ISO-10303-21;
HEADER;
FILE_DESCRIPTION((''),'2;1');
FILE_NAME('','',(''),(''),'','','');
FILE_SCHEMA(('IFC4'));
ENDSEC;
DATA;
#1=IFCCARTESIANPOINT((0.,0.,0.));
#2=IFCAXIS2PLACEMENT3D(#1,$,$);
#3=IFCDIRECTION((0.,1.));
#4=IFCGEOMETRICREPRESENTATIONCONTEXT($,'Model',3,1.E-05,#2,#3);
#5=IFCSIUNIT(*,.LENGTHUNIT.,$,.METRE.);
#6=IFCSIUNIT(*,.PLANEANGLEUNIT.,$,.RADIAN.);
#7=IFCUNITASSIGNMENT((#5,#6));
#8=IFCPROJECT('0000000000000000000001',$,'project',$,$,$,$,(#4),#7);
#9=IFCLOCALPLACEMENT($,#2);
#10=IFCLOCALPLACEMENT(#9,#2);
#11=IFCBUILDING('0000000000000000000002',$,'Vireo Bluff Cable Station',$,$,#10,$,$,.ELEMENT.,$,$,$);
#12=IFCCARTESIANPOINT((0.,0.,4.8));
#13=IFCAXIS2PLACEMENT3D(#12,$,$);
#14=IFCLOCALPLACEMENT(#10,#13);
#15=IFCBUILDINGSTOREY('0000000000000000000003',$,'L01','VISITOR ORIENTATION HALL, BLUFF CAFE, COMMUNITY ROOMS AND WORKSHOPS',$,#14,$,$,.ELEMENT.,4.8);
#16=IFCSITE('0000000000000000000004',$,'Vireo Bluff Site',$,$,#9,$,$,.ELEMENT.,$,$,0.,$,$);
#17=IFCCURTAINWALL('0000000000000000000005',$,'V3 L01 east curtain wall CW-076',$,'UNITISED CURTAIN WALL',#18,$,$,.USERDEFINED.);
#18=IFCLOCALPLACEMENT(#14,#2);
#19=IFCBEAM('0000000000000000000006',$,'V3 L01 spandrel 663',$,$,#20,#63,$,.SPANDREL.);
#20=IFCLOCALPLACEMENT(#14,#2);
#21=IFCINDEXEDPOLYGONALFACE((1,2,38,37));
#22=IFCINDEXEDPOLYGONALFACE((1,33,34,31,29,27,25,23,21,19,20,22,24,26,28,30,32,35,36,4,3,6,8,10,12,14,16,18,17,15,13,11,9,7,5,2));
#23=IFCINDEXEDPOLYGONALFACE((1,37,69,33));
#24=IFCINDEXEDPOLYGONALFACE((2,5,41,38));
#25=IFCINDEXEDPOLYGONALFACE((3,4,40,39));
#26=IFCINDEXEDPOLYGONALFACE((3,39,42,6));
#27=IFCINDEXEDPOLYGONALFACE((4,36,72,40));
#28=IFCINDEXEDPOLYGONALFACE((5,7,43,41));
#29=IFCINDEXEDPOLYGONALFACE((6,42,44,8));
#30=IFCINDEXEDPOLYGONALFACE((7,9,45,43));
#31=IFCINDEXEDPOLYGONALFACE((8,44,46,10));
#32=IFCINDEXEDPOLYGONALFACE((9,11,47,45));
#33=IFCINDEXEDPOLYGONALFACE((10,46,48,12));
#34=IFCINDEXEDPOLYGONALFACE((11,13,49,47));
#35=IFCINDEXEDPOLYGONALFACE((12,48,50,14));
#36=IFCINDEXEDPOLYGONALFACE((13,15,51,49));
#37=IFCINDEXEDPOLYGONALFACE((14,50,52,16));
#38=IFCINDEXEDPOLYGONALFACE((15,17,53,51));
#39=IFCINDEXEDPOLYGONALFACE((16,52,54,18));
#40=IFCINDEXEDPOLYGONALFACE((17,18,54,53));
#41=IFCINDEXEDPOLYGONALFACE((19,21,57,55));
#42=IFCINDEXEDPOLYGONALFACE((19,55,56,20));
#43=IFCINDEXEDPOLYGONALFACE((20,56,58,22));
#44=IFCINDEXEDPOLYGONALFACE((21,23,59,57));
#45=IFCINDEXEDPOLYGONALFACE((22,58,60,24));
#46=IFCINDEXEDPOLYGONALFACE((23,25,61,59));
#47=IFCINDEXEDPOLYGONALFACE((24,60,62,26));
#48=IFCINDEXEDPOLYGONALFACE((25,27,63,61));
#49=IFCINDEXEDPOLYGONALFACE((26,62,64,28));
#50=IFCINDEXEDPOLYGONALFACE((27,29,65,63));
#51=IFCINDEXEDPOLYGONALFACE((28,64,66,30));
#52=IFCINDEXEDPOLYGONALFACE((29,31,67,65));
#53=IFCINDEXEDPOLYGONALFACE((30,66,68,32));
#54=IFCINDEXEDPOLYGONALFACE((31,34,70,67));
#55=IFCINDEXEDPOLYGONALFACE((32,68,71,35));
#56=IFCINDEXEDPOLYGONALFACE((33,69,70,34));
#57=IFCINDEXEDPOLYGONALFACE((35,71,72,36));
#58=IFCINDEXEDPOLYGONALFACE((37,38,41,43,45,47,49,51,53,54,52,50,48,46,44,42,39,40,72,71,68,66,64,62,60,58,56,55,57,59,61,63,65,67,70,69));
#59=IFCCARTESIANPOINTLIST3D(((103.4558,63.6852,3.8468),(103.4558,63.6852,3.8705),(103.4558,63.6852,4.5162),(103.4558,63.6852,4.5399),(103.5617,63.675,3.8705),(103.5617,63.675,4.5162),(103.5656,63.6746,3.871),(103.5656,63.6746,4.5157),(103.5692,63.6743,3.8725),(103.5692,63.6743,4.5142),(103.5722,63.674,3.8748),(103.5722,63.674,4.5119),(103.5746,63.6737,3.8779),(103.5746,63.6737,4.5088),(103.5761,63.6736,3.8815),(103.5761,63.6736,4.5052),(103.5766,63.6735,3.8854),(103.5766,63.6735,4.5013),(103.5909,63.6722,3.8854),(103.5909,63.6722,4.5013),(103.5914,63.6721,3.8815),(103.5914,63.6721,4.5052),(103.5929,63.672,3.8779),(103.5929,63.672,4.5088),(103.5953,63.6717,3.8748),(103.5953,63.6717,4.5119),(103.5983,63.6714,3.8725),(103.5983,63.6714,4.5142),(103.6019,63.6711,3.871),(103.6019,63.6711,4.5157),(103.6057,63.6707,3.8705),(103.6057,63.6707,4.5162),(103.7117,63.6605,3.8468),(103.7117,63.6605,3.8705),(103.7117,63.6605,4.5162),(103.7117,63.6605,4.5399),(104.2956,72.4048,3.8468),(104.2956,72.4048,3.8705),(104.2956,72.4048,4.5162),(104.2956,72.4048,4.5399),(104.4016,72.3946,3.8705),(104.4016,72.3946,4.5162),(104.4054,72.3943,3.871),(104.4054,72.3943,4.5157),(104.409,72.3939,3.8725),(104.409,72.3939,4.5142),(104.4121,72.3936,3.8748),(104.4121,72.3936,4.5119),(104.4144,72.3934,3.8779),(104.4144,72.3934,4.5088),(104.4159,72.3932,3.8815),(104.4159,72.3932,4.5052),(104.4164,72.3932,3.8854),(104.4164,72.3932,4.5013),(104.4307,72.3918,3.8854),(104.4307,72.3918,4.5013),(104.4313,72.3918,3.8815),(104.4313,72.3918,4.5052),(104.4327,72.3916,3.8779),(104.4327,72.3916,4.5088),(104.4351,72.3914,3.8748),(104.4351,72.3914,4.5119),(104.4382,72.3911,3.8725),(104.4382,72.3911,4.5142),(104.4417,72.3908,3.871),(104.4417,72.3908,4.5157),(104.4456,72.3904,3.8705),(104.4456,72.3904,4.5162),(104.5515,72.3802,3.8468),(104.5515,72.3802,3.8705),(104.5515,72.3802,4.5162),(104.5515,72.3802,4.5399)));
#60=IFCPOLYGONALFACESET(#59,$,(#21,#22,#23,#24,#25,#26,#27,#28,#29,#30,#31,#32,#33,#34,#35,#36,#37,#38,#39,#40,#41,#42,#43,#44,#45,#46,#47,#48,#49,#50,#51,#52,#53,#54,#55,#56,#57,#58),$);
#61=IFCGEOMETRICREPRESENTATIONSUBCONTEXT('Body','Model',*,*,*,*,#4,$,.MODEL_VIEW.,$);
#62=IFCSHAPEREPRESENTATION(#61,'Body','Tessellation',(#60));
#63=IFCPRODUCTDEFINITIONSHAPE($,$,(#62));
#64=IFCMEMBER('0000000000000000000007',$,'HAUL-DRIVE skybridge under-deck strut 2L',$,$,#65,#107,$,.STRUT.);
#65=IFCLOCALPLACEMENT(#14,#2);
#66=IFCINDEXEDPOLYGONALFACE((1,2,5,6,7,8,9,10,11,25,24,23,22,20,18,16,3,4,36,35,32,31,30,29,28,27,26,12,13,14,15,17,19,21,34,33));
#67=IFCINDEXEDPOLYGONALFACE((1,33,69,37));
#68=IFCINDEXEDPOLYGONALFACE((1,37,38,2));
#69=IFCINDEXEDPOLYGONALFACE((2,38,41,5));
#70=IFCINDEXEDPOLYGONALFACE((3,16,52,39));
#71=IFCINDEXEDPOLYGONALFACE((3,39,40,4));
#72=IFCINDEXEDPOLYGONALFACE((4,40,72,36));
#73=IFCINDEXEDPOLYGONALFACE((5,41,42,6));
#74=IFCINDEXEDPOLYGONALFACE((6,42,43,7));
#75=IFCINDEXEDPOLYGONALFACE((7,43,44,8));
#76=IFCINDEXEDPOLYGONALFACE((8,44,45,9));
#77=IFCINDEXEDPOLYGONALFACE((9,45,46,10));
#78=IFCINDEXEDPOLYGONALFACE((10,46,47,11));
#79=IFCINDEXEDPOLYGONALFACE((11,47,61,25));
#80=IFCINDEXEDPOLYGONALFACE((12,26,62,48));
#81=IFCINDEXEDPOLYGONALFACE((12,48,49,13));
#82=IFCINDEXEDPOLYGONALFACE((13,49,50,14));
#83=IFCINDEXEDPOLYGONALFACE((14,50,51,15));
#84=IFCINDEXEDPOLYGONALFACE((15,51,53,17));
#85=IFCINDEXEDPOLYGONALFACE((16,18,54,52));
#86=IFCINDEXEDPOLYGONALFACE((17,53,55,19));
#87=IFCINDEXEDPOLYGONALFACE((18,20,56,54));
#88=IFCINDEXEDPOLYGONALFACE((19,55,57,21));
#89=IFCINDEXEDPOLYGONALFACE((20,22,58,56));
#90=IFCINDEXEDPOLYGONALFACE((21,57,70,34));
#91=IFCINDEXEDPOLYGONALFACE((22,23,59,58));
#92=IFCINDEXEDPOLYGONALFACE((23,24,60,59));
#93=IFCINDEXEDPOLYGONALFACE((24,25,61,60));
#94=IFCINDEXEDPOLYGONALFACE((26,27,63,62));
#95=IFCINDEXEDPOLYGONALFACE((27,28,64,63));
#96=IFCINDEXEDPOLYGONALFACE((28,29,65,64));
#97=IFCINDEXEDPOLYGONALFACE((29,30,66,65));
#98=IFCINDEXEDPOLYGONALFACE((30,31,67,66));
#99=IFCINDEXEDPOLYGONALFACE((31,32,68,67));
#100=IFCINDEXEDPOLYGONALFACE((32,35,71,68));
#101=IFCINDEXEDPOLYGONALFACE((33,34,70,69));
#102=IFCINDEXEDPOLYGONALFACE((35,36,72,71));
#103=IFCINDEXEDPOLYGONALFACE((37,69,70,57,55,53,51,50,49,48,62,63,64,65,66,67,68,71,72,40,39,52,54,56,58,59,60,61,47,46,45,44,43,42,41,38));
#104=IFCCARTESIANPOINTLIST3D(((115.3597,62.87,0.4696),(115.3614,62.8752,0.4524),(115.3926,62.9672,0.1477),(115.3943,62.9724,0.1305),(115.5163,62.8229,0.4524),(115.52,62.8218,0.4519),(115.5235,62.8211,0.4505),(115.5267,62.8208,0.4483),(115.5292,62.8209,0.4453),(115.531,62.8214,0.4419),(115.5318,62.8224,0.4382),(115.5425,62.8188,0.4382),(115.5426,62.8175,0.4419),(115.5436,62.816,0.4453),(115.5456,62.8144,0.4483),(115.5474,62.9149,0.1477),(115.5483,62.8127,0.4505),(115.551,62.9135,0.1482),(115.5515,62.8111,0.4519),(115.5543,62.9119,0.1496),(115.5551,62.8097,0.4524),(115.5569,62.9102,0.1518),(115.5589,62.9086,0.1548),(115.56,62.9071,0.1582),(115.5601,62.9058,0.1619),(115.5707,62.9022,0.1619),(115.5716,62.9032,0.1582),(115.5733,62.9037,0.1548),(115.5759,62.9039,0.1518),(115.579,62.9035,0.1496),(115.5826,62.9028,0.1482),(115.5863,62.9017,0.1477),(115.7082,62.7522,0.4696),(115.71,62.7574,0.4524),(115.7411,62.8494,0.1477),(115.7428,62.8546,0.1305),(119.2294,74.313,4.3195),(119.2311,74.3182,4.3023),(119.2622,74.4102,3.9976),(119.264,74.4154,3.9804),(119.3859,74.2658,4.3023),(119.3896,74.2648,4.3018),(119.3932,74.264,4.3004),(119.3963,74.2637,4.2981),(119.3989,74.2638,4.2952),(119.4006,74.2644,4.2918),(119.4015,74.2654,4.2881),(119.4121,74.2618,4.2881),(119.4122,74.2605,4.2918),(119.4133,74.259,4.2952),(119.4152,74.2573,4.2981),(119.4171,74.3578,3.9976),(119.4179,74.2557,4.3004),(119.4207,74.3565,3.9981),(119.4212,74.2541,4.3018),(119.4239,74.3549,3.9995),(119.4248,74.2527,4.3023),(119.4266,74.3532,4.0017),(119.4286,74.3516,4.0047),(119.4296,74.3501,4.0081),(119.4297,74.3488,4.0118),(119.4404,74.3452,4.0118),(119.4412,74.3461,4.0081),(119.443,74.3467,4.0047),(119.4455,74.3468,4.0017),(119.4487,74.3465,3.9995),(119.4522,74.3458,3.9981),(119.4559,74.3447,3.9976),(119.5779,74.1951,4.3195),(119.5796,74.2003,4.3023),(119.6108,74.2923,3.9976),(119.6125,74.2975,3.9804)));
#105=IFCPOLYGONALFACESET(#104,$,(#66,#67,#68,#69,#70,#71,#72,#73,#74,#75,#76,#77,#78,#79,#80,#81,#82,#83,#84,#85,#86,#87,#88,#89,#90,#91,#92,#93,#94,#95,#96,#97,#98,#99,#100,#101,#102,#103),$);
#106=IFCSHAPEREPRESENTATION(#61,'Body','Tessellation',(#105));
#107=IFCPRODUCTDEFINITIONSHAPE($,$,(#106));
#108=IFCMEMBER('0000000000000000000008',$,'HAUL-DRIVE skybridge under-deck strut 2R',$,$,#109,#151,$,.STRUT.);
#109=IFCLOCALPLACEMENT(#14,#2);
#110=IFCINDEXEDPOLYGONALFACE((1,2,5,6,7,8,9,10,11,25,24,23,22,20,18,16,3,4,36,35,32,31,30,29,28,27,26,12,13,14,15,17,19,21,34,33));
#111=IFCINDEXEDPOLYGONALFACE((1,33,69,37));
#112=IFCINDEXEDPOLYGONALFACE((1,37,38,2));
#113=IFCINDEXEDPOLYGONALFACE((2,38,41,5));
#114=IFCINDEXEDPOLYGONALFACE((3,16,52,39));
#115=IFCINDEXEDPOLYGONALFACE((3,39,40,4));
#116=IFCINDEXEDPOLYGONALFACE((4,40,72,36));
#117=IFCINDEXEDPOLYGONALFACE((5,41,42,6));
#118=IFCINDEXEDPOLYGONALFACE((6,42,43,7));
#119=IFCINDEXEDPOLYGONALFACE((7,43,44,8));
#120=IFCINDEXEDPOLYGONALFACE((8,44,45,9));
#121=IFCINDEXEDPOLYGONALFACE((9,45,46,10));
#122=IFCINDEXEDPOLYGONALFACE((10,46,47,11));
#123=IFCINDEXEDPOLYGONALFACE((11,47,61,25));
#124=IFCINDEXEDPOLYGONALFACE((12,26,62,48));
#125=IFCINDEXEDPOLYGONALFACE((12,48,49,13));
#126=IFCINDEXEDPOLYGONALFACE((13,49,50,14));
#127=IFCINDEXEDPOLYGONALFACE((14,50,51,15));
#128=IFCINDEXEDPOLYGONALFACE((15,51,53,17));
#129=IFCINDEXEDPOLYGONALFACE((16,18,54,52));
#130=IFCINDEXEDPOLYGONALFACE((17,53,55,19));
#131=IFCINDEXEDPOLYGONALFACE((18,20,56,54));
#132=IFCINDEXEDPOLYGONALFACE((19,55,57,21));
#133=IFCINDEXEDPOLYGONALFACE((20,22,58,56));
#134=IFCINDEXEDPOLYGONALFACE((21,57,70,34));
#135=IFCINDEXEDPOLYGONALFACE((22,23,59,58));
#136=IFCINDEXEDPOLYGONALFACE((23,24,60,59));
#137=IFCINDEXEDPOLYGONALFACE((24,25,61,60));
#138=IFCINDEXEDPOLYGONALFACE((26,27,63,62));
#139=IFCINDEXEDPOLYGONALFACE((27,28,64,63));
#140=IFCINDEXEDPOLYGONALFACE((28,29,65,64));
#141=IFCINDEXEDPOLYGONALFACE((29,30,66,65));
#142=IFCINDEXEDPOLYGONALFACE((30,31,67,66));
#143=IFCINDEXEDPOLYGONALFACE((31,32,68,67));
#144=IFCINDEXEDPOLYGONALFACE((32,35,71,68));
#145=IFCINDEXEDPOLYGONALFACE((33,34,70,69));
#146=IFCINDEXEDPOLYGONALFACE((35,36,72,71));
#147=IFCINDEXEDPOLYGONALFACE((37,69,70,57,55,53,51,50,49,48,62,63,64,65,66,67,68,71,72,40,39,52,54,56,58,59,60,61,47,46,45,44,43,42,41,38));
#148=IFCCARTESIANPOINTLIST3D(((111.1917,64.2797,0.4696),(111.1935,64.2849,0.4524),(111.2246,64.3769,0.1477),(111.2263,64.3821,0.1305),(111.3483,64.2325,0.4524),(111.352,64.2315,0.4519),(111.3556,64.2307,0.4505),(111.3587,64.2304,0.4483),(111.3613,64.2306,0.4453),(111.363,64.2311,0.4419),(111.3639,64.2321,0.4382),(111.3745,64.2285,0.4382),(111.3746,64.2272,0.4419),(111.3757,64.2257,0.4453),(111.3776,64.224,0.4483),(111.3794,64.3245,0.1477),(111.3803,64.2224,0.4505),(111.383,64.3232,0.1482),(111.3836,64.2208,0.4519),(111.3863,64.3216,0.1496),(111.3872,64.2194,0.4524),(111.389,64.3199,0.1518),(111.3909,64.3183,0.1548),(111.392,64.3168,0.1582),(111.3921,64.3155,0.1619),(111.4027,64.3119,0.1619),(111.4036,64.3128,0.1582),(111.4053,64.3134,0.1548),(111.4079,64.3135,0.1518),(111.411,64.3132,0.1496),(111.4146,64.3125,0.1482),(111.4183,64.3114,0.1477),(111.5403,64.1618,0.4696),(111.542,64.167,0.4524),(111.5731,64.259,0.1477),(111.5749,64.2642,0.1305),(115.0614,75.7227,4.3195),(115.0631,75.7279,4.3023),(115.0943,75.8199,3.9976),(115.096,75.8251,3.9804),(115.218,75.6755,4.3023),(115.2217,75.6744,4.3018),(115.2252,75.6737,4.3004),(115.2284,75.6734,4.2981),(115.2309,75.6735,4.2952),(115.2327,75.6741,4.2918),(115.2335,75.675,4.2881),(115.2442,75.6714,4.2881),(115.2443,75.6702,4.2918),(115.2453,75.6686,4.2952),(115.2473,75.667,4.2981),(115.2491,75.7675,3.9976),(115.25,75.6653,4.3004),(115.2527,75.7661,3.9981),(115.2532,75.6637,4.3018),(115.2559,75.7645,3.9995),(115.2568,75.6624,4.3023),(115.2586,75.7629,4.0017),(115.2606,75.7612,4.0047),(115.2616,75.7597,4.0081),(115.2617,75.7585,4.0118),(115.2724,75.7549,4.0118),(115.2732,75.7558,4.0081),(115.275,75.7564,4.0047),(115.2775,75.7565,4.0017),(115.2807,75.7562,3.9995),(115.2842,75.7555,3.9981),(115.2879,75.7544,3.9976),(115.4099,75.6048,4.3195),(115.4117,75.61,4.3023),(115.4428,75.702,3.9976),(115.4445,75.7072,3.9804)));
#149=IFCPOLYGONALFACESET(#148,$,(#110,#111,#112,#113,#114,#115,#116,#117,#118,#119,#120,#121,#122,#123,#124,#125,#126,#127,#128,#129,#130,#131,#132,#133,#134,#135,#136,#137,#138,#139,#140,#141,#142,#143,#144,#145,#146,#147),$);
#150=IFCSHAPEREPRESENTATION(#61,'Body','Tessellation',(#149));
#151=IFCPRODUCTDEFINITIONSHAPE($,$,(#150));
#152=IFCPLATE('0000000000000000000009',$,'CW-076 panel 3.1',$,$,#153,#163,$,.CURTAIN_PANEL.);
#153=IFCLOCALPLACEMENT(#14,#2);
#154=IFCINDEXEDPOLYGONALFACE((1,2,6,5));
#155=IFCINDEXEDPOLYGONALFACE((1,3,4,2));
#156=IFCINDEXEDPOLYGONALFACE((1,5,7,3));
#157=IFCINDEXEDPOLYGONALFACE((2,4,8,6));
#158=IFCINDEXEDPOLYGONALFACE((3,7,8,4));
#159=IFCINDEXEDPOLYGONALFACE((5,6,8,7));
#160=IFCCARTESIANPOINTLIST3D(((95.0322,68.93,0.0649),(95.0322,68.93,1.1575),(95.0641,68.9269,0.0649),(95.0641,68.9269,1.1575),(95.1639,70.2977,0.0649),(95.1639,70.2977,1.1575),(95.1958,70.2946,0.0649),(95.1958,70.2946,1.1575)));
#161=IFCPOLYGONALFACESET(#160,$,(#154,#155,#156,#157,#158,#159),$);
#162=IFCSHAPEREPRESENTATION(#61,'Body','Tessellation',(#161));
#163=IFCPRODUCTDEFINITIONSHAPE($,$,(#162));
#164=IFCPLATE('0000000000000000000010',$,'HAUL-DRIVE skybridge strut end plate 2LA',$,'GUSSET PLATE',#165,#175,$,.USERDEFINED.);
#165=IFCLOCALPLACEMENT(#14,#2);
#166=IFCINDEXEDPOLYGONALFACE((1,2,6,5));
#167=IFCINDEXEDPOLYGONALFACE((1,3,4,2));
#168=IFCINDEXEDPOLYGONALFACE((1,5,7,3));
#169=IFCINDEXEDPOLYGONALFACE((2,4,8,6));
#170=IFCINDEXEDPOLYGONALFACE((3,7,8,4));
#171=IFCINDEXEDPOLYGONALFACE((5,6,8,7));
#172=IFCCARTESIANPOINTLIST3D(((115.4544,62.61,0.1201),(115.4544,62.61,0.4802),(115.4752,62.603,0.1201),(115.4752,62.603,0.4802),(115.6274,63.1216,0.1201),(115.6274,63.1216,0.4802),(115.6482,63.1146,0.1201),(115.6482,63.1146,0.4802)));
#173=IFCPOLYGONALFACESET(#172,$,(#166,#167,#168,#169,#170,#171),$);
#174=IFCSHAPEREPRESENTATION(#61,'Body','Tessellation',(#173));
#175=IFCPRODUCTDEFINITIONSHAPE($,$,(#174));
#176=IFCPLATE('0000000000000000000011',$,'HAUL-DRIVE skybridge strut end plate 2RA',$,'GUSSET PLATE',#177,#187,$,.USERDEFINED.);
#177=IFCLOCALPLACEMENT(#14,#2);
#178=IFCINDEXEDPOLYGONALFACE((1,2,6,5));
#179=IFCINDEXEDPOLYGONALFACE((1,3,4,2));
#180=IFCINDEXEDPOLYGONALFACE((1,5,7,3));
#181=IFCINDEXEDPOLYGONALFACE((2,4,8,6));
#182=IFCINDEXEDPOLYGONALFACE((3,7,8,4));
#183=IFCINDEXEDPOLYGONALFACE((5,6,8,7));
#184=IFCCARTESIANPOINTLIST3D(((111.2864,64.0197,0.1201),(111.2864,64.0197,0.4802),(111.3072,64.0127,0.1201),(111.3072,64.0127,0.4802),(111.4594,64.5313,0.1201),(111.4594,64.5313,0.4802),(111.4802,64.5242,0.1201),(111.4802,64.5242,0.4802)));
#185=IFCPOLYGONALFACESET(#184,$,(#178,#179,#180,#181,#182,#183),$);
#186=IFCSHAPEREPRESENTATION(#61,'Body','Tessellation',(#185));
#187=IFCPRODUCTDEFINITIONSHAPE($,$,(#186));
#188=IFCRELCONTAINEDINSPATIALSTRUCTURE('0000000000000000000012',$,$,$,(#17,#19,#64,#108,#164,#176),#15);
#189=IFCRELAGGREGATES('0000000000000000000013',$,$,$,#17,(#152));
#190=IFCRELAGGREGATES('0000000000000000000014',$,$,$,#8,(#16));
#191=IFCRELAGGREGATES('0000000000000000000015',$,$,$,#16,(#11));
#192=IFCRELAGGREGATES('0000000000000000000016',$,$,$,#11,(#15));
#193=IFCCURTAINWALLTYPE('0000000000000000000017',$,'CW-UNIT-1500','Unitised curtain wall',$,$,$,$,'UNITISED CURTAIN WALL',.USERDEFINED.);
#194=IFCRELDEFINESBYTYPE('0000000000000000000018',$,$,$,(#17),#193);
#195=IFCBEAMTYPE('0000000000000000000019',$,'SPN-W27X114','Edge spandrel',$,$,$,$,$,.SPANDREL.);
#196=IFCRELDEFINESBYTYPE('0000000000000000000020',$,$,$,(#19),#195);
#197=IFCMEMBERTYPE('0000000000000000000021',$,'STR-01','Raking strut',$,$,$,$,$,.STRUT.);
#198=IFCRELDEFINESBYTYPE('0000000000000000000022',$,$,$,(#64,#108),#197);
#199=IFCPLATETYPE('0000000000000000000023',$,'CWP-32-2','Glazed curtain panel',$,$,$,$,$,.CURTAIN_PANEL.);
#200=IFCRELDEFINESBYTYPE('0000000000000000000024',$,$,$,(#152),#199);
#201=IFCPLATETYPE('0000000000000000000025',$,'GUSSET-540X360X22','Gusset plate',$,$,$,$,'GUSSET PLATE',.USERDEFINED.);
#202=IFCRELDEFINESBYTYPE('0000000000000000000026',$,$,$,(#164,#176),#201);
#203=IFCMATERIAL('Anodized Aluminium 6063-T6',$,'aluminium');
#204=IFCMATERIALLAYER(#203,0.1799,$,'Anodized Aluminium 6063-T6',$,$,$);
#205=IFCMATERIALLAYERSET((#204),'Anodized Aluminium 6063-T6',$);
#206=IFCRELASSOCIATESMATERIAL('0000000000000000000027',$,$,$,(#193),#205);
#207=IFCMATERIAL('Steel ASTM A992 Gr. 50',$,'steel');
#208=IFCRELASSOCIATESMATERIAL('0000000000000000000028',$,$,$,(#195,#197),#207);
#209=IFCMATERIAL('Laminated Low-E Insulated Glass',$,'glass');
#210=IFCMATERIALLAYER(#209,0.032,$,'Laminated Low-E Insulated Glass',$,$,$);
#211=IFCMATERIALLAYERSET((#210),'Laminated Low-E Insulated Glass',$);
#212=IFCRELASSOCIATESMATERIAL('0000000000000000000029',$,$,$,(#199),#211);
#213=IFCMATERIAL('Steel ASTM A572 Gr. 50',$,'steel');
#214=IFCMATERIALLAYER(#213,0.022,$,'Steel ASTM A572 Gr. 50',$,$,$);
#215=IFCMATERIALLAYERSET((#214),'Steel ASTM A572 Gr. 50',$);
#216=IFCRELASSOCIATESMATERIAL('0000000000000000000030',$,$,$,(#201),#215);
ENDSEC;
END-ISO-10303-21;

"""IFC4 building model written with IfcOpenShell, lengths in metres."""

from ifc_helpers import new_model, si_unit, direction, frame, origin, origin_2d, place, context, subcontext, project, spatial, rectangle, i_section, extrude, material, layer, layer_set, material_profile, profile_set, type_object, element, aggregate, save


model = new_model("IFC4")

# Units and contexts
model_context = context("Model", 3, precision=1e-05, world=origin(), true_north=direction((0.0, 1.0)))
body_context = subcontext(model_context, "Body", "Model", "MODEL_VIEW")
ifc_project = project(units=[si_unit("LENGTHUNIT", "METRE"), si_unit("PLANEANGLEUNIT", "RADIAN")], contexts=[model_context])

# Site, building, storey
site_placement = place(None, origin())
site = spatial("IfcSite", under=ifc_project, at=site_placement, Name="Vireo Bluff Site", CompositionType="ELEMENT", RefElevation=0.0)
building_placement = place(site_placement, origin())
building = spatial("IfcBuilding", under=site, at=building_placement, Name="Vireo Bluff Cable Station", CompositionType="ELEMENT")
storey_placement = place(building_placement, frame((0.0, 0.0, 4.8)))
storey = spatial("IfcBuildingStorey", under=building, at=storey_placement, Name="L01", Description="VISITOR ORIENTATION HALL, BLUFF CAFE, COMMUNITY ROOMS AND WORKSHOPS", CompositionType="ELEMENT", Elevation=4.8)

# Shared definitions
ifc_material_1 = material(Name="Steel ASTM A992 Gr. 50", Category="steel")

# Curtain wall
ifc_material_2 = material(Name="Anodized Aluminium 6063-T6", Category="aluminium")
ifc_layer_1 = layer(ifc_material_2, 0.1799, Name="Anodized Aluminium 6063-T6")
ifc_layer_set_1 = layer_set([ifc_layer_1], Name="Anodized Aluminium 6063-T6")
curtain_wall_type = type_object("IfcCurtainWallType", Name="CW-UNIT-1500", Description="Unitised curtain wall", ElementType="UNITISED CURTAIN WALL", PredefinedType="USERDEFINED", material=ifc_layer_set_1)
curtain_wall_placement = place(storey_placement, origin())
curtain_wall = element("IfcCurtainWall", 1, at=curtain_wall_placement, inside=storey, type_object=curtain_wall_type, Name="V3 L01 east curtain wall CW-076", ObjectType="UNITISED CURTAIN WALL", PredefinedType="USERDEFINED")

# Beam
ifc_material_profile_1 = material_profile(ifc_material_1, i_section(OverallWidth=0.2571, OverallDepth=0.6931, WebThickness=0.0144, FlangeThickness=0.0237, FilletRadius=0.0149, at=origin_2d()), Name="W27X114")
ifc_profile_set_1 = profile_set([ifc_material_profile_1], Name="Steel ASTM A992 Gr. 50")
beam_type_1 = type_object("IfcBeamType", Name="SPN-W27X114", Description="Edge spandrel", PredefinedType="SPANDREL", material=ifc_profile_set_1)
beam_1_placement = place(storey_placement, frame((103.5837, 63.6729, 4.1934), z_axis=(0.095872, 0.995394, 0.0), x_axis=(-0.995394, 0.095872, 0.0)))
element("IfcBeam", 2, at=beam_1_placement, inside=storey, type_object=beam_type_1, Name="V3 L01 spandrel 663", PredefinedType="SPANDREL", context=body_context, shape_type="SweptSolid", body=[
    extrude(i_section(OverallWidth=0.2571, OverallDepth=0.6931, WebThickness=0.0144, FlangeThickness=0.0237, FilletRadius=0.0149, at=origin_2d()), origin(), (0.0, 0.0, 1.0), 8.76),
])

# Members
ifc_material_profile_2 = material_profile(ifc_material_1, i_section(OverallWidth=0.3679, OverallDepth=0.356, WebThickness=0.0112, FlangeThickness=0.0181, FilletRadius=0.0149, at=origin_2d()), Name="W14X90")
ifc_profile_set_2 = profile_set([ifc_material_profile_2], Name="Steel ASTM A992 Gr. 50")
member_type_1 = type_object("IfcMemberType", Name="STR-01", Description="Raking strut", PredefinedType="STRUT", material=ifc_profile_set_2)
for number, where, z_axis, x_axis, name in (
    (3, (115.5513, 62.8623, 0.3), (0.305221, 0.902569, 0.303661), (-0.9473, 0.320348, 0.0), "HAUL-DRIVE skybridge under-deck strut 2L"),
    (4, (111.3833, 64.272, 0.3), (0.305221, 0.902569, 0.303661), (-0.9473, 0.320348, 0.0), "HAUL-DRIVE skybridge under-deck strut 2R"),
):
    element("IfcMember", number, at=place(storey_placement, frame(where, z_axis=z_axis, x_axis=x_axis)), inside=storey, type_object=member_type_1, Name=name, PredefinedType="STRUT", context=body_context, shape_type="SweptSolid", body=[
        extrude(i_section(OverallWidth=0.3679, OverallDepth=0.356, WebThickness=0.0112, FlangeThickness=0.0181, FilletRadius=0.0149, at=origin_2d()), origin(), (0.0, 0.0, 1.0), 12.6782),
    ])

# Plate
ifc_material_3 = material(Name="Laminated Low-E Insulated Glass", Category="glass")
ifc_layer_2 = layer(ifc_material_3, 0.032, Name="Laminated Low-E Insulated Glass")
ifc_layer_set_2 = layer_set([ifc_layer_2], Name="Laminated Low-E Insulated Glass")
plate_type_1 = type_object("IfcPlateType", Name="CWP-32-2", Description="Glazed curtain panel", PredefinedType="CURTAIN_PANEL", material=ifc_layer_set_2)
plate_placement = place(storey_placement, frame((95.114, 69.6123, 0.0649), z_axis=(0.0, 0.0, 1.0), x_axis=(-0.095846, -0.995396, 0.0)))
plate = element("IfcPlate", 5, at=plate_placement, type_object=plate_type_1, Name="CW-076 panel 3.1", PredefinedType="CURTAIN_PANEL", context=body_context, shape_type="SweptSolid", body=[
    extrude(rectangle(XDim=1.374, YDim=0.032, at=origin_2d()), origin(), (0.0, 0.0, 1.0), 1.0925),
])
aggregate(curtain_wall, [plate])

# Plates
ifc_material_4 = material(Name="Steel ASTM A572 Gr. 50", Category="steel")
ifc_layer_3 = layer(ifc_material_4, 0.022, Name="Steel ASTM A572 Gr. 50")
ifc_layer_set_3 = layer_set([ifc_layer_3], Name="Steel ASTM A572 Gr. 50")
plate_type_2 = type_object("IfcPlateType", Name="GUSSET-540X360X22", Description="Gusset plate", ElementType="GUSSET PLATE", PredefinedType="USERDEFINED", material=ifc_layer_set_3)
for number, where, z_axis, x_axis, name in (
    (6, (115.5513, 62.8623, 0.1201), (0.0, 0.0, 1.0), (0.320352, 0.947299, 0.0), "HAUL-DRIVE skybridge strut end plate 2LA"),
    (7, (111.3833, 64.272, 0.1201), (0.0, 0.0, 1.0), (0.320352, 0.947299, 0.0), "HAUL-DRIVE skybridge strut end plate 2RA"),
):
    element("IfcPlate", number, at=place(storey_placement, frame(where, z_axis=z_axis, x_axis=x_axis)), inside=storey, type_object=plate_type_2, Name=name, ObjectType="GUSSET PLATE", PredefinedType="USERDEFINED", context=body_context, shape_type="SweptSolid", body=[
        extrude(rectangle(XDim=0.54, YDim=0.022, at=origin_2d()), origin(), (0.0, 0.0, 1.0), 0.3601),
    ])

save(model, "model.ifc")
